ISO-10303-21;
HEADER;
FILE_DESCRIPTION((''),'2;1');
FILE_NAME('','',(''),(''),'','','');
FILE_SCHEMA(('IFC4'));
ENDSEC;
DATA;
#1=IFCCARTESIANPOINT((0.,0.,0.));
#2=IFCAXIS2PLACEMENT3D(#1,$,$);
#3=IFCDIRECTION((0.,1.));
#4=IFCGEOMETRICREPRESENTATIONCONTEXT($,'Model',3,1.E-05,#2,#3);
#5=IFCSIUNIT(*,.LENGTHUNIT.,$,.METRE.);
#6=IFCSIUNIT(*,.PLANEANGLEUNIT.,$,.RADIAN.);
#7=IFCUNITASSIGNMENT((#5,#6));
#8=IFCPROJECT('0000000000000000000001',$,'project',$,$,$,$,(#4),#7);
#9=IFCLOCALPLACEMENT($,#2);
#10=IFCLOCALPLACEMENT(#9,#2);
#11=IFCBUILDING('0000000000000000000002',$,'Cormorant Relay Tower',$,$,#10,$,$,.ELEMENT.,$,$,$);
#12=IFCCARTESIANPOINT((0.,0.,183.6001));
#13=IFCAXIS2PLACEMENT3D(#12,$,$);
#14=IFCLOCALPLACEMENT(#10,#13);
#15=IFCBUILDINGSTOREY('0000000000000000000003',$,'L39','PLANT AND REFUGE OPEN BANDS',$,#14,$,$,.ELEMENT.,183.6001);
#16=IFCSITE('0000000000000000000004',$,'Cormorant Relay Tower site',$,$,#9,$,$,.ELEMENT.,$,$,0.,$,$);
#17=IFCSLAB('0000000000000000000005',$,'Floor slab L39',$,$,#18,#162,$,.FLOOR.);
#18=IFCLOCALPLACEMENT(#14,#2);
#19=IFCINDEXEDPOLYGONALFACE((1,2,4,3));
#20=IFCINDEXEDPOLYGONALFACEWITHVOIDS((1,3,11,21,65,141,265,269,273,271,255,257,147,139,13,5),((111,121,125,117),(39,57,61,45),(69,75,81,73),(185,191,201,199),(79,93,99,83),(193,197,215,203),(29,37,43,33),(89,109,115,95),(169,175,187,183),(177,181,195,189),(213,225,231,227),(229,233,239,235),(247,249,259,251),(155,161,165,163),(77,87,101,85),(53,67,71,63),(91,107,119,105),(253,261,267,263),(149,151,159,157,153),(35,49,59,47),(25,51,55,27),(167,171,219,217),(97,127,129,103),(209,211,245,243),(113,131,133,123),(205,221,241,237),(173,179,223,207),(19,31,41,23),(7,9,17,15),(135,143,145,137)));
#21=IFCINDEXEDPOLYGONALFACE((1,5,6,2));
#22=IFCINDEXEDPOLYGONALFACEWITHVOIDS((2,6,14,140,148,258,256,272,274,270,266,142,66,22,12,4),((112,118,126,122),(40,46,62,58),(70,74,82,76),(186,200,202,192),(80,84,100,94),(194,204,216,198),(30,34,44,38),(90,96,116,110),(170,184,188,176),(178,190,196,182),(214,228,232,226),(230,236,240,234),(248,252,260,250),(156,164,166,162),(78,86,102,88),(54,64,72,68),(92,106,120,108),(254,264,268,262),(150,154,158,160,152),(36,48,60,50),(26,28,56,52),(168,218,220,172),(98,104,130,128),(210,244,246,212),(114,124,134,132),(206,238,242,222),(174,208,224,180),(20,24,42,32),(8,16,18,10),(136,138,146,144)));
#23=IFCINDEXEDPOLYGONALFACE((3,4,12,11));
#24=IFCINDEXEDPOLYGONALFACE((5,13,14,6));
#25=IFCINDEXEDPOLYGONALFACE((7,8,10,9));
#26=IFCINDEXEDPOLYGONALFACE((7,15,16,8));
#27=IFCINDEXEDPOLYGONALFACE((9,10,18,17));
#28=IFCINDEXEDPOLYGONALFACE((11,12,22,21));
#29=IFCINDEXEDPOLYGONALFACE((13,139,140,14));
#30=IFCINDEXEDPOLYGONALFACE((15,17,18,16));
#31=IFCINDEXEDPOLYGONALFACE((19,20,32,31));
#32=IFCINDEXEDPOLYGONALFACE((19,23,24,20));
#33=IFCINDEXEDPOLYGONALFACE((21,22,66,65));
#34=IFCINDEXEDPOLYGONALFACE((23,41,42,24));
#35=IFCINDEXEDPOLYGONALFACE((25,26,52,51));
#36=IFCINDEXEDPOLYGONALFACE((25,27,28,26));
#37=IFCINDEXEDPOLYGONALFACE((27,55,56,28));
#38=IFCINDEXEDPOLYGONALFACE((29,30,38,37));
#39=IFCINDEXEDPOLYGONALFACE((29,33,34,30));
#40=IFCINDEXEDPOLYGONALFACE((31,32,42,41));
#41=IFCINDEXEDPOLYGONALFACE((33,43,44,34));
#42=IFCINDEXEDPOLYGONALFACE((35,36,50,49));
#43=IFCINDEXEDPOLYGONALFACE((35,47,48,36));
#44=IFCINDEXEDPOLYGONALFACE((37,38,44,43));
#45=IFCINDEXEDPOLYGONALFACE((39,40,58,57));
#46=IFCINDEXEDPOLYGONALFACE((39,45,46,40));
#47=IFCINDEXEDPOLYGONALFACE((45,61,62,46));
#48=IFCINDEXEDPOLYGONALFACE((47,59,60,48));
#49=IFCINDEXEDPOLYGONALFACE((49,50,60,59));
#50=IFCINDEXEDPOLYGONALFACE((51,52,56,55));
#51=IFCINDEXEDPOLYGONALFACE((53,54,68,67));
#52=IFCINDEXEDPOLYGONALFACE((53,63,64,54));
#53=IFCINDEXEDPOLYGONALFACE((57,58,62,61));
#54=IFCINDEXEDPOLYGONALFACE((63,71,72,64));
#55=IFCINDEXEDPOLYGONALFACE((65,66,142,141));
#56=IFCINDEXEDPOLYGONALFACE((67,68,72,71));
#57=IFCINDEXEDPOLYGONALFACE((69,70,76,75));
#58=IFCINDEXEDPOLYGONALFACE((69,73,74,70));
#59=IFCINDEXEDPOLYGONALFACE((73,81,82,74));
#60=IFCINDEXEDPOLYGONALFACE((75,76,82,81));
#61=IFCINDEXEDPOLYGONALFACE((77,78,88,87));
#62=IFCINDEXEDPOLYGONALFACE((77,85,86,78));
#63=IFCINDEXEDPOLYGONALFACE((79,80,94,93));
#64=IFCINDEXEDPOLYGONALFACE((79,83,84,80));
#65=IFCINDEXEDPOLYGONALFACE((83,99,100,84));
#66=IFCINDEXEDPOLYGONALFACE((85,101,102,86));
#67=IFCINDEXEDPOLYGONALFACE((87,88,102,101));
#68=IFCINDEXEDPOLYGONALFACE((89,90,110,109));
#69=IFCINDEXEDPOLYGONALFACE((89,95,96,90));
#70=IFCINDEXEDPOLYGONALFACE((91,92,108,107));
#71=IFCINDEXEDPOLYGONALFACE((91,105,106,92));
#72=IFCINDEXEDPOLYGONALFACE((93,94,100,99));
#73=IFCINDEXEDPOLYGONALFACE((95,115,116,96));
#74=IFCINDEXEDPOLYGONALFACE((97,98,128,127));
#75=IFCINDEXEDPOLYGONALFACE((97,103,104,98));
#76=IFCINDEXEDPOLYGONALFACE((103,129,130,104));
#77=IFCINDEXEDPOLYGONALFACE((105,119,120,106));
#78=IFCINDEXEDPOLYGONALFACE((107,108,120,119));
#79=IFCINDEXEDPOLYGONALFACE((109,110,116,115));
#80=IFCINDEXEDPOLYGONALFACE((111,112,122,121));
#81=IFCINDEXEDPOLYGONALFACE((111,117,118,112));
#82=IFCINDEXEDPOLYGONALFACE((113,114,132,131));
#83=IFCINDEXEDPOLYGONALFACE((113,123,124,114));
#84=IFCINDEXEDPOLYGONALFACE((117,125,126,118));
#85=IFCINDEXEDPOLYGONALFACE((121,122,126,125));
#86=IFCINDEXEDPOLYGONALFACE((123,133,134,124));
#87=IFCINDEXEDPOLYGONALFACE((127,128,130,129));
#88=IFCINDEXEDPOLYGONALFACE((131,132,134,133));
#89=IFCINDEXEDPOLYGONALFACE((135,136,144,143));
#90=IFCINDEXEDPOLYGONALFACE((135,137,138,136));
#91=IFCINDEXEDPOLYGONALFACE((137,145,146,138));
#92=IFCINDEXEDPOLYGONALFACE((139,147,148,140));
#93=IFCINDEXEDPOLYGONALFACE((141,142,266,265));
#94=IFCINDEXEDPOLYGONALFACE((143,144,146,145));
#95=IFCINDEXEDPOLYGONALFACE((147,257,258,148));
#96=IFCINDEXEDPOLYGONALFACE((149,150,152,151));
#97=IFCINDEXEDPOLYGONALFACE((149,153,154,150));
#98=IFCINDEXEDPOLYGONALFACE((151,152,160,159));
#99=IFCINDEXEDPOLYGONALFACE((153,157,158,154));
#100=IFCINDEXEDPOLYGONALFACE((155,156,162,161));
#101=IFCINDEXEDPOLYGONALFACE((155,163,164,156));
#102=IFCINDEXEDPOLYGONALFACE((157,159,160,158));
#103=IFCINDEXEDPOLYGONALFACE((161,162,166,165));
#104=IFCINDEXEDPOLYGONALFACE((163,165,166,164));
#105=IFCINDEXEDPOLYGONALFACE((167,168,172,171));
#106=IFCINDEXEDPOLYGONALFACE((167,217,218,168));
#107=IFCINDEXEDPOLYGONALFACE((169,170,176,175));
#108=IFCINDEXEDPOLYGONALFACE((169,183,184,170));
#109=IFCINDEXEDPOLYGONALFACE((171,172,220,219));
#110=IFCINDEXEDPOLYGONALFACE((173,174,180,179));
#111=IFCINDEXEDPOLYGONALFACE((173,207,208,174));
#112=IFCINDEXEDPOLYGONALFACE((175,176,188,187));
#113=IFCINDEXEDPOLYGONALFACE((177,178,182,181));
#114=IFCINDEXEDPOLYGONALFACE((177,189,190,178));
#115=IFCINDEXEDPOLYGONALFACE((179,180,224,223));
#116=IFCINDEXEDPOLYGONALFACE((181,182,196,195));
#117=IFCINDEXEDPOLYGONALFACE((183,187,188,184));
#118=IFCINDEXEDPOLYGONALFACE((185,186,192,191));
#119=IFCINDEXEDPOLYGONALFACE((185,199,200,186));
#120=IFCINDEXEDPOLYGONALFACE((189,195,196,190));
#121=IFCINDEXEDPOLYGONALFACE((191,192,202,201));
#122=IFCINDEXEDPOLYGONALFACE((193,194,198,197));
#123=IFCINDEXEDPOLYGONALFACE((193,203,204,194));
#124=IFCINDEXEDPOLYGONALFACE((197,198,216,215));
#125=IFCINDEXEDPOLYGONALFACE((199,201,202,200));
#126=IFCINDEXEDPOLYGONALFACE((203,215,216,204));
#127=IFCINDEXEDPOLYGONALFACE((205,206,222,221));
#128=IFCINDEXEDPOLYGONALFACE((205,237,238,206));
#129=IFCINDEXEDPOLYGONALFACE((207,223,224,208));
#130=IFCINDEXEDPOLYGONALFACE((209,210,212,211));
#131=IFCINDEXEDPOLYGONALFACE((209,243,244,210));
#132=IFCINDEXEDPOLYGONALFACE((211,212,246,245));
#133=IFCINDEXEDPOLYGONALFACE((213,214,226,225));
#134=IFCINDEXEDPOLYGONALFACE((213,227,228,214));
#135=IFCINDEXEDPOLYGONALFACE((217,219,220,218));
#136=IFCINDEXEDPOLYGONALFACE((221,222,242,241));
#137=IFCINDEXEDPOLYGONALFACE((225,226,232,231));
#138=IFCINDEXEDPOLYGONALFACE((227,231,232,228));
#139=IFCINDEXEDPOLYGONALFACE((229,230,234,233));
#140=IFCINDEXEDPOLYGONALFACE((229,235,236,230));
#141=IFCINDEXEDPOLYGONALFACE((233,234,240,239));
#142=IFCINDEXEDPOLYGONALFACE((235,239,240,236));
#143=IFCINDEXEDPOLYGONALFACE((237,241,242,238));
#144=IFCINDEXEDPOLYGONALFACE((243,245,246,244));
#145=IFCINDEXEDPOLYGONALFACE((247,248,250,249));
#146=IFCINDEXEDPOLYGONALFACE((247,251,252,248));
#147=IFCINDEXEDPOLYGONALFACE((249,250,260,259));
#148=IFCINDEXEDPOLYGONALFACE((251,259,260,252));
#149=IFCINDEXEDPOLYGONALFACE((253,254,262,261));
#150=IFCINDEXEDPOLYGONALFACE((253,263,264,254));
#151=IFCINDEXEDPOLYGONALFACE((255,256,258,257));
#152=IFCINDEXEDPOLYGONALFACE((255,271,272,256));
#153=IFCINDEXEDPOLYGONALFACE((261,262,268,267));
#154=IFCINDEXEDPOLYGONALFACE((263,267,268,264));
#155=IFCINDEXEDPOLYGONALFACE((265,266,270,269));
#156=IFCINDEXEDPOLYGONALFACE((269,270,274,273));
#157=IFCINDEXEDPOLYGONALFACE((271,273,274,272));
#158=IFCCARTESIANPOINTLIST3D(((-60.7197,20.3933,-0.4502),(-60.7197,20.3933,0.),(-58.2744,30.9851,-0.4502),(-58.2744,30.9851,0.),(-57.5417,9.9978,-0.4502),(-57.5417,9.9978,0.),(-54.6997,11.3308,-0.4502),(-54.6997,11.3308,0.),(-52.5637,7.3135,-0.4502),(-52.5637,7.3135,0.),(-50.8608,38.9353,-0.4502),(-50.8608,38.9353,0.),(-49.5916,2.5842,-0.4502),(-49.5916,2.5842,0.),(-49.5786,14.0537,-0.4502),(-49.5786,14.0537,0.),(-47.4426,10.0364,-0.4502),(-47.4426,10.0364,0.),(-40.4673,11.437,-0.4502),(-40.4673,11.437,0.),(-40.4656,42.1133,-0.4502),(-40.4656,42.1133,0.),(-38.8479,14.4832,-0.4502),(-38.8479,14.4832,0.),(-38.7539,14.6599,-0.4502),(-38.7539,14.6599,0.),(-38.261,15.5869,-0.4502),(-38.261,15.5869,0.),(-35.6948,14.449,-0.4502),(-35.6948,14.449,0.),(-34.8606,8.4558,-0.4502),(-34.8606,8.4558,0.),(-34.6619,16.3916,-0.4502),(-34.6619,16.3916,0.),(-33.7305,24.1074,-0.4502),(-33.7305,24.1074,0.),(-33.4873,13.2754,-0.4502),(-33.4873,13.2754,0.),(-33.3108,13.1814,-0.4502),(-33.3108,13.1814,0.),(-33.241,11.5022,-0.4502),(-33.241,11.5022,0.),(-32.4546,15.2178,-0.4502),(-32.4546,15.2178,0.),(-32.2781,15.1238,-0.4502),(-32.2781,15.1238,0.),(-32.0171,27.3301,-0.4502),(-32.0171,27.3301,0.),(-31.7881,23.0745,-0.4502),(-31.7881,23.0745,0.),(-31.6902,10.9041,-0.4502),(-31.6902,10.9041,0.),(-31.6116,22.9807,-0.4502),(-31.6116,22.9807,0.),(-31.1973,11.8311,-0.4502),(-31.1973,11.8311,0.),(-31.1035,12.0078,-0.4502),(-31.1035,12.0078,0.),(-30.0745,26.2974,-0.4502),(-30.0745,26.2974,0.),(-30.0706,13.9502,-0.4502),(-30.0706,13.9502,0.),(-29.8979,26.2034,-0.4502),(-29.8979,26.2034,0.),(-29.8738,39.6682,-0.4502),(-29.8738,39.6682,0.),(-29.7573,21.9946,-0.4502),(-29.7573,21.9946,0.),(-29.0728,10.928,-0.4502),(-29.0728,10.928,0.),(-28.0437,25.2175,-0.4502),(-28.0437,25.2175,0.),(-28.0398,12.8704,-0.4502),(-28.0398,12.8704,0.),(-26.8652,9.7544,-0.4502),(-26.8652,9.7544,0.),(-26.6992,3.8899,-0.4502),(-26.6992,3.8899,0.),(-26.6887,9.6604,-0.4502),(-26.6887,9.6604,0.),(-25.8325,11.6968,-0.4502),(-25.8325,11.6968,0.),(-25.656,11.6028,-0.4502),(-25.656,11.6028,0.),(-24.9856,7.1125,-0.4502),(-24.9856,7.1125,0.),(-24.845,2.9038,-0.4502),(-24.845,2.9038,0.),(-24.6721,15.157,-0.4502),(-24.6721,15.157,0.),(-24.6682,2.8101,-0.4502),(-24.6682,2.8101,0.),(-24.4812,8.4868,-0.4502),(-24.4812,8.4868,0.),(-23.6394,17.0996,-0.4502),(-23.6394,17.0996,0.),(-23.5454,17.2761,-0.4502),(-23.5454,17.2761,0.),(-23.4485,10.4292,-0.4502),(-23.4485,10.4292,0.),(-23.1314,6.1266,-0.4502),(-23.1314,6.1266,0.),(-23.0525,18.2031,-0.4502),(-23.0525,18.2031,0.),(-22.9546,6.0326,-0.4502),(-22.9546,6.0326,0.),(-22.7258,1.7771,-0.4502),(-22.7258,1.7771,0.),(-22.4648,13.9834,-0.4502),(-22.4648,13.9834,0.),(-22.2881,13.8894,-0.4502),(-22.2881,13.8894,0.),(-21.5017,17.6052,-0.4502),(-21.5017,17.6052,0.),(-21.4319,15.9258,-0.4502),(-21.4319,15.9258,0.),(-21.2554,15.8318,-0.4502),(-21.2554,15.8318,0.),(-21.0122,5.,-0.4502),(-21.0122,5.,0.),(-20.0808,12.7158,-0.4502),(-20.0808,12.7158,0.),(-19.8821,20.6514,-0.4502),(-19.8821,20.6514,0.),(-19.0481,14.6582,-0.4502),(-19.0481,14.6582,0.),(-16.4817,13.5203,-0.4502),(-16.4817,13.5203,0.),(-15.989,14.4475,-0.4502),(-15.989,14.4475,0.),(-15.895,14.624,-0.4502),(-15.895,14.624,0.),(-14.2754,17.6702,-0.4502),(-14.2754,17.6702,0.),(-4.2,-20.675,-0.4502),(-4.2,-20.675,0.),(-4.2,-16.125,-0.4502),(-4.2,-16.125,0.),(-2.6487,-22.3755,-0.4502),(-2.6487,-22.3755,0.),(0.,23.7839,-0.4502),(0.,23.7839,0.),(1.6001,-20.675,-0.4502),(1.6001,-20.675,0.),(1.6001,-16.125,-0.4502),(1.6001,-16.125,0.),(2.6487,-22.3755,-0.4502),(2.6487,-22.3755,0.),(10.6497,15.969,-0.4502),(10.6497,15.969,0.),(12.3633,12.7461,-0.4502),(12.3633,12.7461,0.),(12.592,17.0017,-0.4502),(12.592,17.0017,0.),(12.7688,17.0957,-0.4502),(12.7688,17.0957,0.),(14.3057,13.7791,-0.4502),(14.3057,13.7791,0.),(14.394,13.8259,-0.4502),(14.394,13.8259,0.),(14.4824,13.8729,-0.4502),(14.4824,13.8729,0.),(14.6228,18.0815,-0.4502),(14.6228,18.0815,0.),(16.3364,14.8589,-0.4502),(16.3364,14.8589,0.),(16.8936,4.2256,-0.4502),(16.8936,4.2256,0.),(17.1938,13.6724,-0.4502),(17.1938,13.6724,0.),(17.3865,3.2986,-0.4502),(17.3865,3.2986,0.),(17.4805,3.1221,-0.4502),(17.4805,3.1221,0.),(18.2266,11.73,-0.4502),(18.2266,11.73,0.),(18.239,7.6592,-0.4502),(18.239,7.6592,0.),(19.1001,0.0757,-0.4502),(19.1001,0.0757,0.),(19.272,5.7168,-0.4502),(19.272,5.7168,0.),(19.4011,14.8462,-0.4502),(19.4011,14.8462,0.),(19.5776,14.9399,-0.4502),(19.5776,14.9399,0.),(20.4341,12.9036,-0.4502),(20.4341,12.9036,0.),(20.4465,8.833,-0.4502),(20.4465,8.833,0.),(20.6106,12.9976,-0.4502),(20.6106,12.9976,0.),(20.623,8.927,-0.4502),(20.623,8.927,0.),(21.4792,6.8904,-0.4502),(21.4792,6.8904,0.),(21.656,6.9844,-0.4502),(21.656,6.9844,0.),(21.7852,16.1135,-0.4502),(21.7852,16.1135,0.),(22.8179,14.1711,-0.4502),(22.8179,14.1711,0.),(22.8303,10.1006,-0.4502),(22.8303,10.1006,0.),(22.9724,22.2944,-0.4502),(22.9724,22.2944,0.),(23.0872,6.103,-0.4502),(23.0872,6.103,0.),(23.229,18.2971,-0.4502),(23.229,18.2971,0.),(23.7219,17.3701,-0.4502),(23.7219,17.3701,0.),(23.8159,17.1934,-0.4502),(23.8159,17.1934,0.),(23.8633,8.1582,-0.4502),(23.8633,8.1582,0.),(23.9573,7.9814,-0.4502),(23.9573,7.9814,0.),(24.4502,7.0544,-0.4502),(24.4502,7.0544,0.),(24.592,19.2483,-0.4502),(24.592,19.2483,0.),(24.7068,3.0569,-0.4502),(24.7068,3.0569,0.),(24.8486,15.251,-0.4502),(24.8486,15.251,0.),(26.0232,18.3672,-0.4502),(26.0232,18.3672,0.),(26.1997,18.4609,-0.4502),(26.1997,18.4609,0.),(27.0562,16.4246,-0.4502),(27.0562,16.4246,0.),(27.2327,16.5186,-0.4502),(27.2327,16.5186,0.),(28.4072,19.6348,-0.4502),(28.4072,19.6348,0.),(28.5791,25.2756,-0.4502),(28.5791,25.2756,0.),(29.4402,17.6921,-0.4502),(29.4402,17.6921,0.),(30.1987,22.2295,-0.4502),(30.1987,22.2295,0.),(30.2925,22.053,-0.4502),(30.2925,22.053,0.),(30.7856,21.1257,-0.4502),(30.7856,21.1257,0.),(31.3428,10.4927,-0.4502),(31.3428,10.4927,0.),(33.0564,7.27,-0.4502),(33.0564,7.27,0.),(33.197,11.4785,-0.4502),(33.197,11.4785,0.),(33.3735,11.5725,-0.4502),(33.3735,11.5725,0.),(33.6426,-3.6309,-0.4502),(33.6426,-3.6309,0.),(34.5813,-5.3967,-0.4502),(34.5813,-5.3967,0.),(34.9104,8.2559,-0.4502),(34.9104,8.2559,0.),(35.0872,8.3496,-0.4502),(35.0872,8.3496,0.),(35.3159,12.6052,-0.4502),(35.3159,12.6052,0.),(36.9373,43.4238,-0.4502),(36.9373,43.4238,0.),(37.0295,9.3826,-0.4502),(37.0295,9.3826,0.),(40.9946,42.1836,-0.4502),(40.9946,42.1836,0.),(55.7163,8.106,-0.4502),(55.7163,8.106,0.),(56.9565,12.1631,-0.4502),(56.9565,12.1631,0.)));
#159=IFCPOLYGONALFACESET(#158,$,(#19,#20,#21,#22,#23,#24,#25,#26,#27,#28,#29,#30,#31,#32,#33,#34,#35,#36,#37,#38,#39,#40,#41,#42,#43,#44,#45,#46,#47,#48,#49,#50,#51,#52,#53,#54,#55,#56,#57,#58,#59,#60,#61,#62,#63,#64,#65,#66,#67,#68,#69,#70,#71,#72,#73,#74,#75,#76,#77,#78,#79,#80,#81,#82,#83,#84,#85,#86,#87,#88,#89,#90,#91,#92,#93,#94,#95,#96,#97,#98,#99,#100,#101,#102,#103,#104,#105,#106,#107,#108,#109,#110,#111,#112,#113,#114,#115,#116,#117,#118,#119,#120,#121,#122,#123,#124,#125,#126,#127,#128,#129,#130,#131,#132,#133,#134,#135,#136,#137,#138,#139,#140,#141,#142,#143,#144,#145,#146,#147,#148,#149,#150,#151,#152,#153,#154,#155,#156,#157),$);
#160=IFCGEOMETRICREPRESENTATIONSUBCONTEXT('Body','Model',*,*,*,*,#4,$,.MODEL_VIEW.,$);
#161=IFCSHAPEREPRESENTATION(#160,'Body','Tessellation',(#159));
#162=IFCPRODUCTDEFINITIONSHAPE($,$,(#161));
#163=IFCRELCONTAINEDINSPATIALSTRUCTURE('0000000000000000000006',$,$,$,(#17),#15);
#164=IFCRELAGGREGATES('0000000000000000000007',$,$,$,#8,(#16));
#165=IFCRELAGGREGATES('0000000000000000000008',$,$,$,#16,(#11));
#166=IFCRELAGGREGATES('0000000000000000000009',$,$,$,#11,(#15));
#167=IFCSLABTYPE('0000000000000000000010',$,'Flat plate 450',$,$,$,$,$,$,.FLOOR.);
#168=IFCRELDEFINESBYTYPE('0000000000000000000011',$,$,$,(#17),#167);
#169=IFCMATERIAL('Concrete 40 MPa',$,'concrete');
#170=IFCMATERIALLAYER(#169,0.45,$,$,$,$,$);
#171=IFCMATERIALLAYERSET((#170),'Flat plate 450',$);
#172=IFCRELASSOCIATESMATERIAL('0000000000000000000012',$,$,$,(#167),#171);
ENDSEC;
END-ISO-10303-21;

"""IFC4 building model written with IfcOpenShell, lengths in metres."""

from ifc_helpers import new_model, si_unit, direction, frame, origin, place, context, subcontext, project, spatial, polyline, outline, extrude, material, layer, layer_set, type_object, element, save


model = new_model("IFC4")

# Units and contexts
model_context = context("Model", 3, precision=1e-05, world=origin(), true_north=direction((0.0, 1.0)))
body_context = subcontext(model_context, "Body", "Model", "MODEL_VIEW")
ifc_project = project(units=[si_unit("LENGTHUNIT", "METRE"), si_unit("PLANEANGLEUNIT", "RADIAN")], contexts=[model_context])

# Site, building, storey
site_placement = place(None, origin())
site = spatial("IfcSite", under=ifc_project, at=site_placement, Name="Cormorant Relay Tower site", CompositionType="ELEMENT", RefElevation=0.0)
building_placement = place(site_placement, origin())
building = spatial("IfcBuilding", under=site, at=building_placement, Name="Cormorant Relay Tower", CompositionType="ELEMENT")
storey_placement = place(building_placement, frame((0.0, 0.0, 183.6001)))
storey = spatial("IfcBuildingStorey", under=building, at=storey_placement, Name="L39", Description="PLANT AND REFUGE OPEN BANDS", CompositionType="ELEMENT", Elevation=183.6001)

# Slab
ifc_material_1 = material(Name="Concrete 40 MPa", Category="concrete")
ifc_layer_1 = layer(ifc_material_1, 0.45)
ifc_layer_set_1 = layer_set([ifc_layer_1], Name="Flat plate 450")
slab_type_1 = type_object("IfcSlabType", Name="Flat plate 450", PredefinedType="FLOOR", material=ifc_layer_set_1)
slab_1_placement = place(storey_placement, frame((0.0, 0.0, -0.4502)))
element("IfcSlab", 1, at=slab_1_placement, inside=storey, type_object=slab_type_1, Name="Floor slab L39", PredefinedType="FLOOR", context=body_context, shape_type="SweptSolid", body=[
    extrude(outline(polyline([(-57.5417, 9.9978), (-60.7197, 20.3933), (-58.2744, 30.9851), (-50.8608, 38.9353), (-40.4656, 42.1133), (-29.8738, 39.6682), (0.0, 23.7839), (36.9373, 43.4238), (40.9946, 42.1836), (56.9565, 12.1631), (55.7163, 8.106), (33.6426, -3.6309), (34.5813, -5.3967), (2.6487, -22.3755), (-2.6487, -22.3755), (-49.5916, 2.5842), (-57.5417, 9.9978)]), holes=[polyline([(-22.9546, 6.0327), (-24.6682, 2.8101), (-22.7258, 1.7771), (-21.0122, 5.0), (-23.043, 6.0796), (-22.9546, 6.0327)]), polyline([(-24.9856, 7.1125), (-26.6992, 3.8899), (-24.845, 2.9038), (-23.1313, 6.1267), (-23.043, 6.0796), (-24.9856, 7.1125)]), polyline([(-26.6887, 9.6604), (-24.4812, 8.4868), (-23.4485, 10.4292), (-25.656, 11.6028), (-26.6887, 9.6604)]), polyline([(-49.5786, 14.0537), (-54.6997, 11.3308), (-52.5637, 7.3135), (-47.4426, 10.0364), (-49.5786, 14.0537)]), polyline([(-28.0398, 12.8704), (-29.0728, 10.928), (-26.8652, 9.7544), (-25.8325, 11.6968), (-28.0398, 12.8704)]), polyline([(-33.241, 11.5022), (-38.8479, 14.4832), (-40.4673, 11.437), (-34.8606, 8.4558), (-33.241, 11.5022)]), polyline([(-38.261, 15.5869), (-38.7539, 14.6599), (-31.6902, 10.9041), (-31.1973, 11.8311), (-38.261, 15.5869)]), polyline([(-33.3108, 13.1814), (-31.1035, 12.0078), (-30.0706, 13.9502), (-32.2781, 15.1238), (-33.3108, 13.1814)]), polyline([(-19.0481, 14.6582), (-21.2554, 15.8318), (-22.2881, 13.8894), (-20.0808, 12.7158), (-19.0481, 14.6582)]), polyline([(-34.6619, 16.3916), (-35.6948, 14.449), (-33.4873, 13.2754), (-32.4546, 15.2178), (-34.6619, 16.3916)]), polyline([(-21.4319, 15.9258), (-23.6394, 17.0996), (-24.6721, 15.157), (-22.4648, 13.9834), (-21.4319, 15.9258)]), polyline([(-16.4817, 13.5203), (-15.989, 14.4475), (-23.0525, 18.2031), (-23.5454, 17.2761), (-16.4817, 13.5203)]), polyline([(-21.5017, 17.6052), (-15.895, 14.624), (-14.2754, 17.6702), (-19.8821, 20.6514), (-21.5017, 17.6052)]), polyline([(-31.6116, 22.9807), (-29.7573, 21.9946), (-28.0437, 25.2175), (-29.8979, 26.2034), (-31.6116, 22.9807)]), polyline([(-32.0171, 27.3301), (-33.7305, 24.1074), (-31.7881, 23.0745), (-30.0745, 26.2974), (-32.0171, 27.3301)]), polyline([(-4.2, -16.125), (-4.2, -20.675), (1.6001, -20.675), (1.6001, -16.125), (-4.2, -16.125)]), polyline([(23.0872, 6.103), (17.4805, 3.1221), (19.1001, 0.0757), (24.7068, 3.0569), (23.0872, 6.103)]), polyline([(16.8936, 4.2256), (17.3865, 3.2986), (24.4502, 7.0544), (23.9573, 7.9814), (16.8936, 4.2256)]), polyline([(19.272, 5.7168), (21.4792, 6.8904), (20.4465, 8.833), (18.239, 7.6592), (19.272, 5.7168)]), polyline([(21.656, 6.9844), (23.8633, 8.1582), (22.8303, 10.1006), (20.623, 8.927), (21.656, 6.9844)]), polyline([(33.197, 11.4785), (31.3428, 10.4927), (33.0564, 7.27), (34.9104, 8.2559), (33.197, 11.4785)]), polyline([(33.3735, 11.5725), (35.0872, 8.3496), (37.0295, 9.3826), (35.3159, 12.6052), (33.3735, 11.5725)]), polyline([(19.4011, 14.8462), (17.1938, 13.6724), (18.2266, 11.73), (20.4341, 12.9036), (19.4011, 14.8462)]), polyline([(22.8179, 14.1711), (21.7852, 16.1135), (19.5776, 14.9399), (20.6106, 12.9976), (22.8179, 14.1711)]), polyline([(14.3057, 13.7791), (12.592, 17.0017), (10.6497, 15.969), (12.3633, 12.7461), (14.394, 13.8259), (14.3057, 13.7791)]), polyline([(16.3364, 14.8589), (14.6228, 18.0815), (12.7688, 17.0957), (14.4824, 13.8728), (14.394, 13.8259), (16.3364, 14.8589)]), polyline([(26.0232, 18.3672), (23.8159, 17.1934), (24.8486, 15.251), (27.0562, 16.4246), (26.0232, 18.3672)]), polyline([(29.4402, 17.6921), (28.4072, 19.6348), (26.1997, 18.4609), (27.2327, 16.5186), (29.4402, 17.6921)]), polyline([(30.7856, 21.1257), (30.2925, 22.053), (23.229, 18.2971), (23.7219, 17.3701), (30.7856, 21.1257)]), polyline([(24.592, 19.2483), (30.1987, 22.2295), (28.5791, 25.2756), (22.9724, 22.2944), (24.592, 19.2483)])]), origin(), (0.0, 0.0, 1.0), 0.4502),
])

save(model, "model.ifc")
